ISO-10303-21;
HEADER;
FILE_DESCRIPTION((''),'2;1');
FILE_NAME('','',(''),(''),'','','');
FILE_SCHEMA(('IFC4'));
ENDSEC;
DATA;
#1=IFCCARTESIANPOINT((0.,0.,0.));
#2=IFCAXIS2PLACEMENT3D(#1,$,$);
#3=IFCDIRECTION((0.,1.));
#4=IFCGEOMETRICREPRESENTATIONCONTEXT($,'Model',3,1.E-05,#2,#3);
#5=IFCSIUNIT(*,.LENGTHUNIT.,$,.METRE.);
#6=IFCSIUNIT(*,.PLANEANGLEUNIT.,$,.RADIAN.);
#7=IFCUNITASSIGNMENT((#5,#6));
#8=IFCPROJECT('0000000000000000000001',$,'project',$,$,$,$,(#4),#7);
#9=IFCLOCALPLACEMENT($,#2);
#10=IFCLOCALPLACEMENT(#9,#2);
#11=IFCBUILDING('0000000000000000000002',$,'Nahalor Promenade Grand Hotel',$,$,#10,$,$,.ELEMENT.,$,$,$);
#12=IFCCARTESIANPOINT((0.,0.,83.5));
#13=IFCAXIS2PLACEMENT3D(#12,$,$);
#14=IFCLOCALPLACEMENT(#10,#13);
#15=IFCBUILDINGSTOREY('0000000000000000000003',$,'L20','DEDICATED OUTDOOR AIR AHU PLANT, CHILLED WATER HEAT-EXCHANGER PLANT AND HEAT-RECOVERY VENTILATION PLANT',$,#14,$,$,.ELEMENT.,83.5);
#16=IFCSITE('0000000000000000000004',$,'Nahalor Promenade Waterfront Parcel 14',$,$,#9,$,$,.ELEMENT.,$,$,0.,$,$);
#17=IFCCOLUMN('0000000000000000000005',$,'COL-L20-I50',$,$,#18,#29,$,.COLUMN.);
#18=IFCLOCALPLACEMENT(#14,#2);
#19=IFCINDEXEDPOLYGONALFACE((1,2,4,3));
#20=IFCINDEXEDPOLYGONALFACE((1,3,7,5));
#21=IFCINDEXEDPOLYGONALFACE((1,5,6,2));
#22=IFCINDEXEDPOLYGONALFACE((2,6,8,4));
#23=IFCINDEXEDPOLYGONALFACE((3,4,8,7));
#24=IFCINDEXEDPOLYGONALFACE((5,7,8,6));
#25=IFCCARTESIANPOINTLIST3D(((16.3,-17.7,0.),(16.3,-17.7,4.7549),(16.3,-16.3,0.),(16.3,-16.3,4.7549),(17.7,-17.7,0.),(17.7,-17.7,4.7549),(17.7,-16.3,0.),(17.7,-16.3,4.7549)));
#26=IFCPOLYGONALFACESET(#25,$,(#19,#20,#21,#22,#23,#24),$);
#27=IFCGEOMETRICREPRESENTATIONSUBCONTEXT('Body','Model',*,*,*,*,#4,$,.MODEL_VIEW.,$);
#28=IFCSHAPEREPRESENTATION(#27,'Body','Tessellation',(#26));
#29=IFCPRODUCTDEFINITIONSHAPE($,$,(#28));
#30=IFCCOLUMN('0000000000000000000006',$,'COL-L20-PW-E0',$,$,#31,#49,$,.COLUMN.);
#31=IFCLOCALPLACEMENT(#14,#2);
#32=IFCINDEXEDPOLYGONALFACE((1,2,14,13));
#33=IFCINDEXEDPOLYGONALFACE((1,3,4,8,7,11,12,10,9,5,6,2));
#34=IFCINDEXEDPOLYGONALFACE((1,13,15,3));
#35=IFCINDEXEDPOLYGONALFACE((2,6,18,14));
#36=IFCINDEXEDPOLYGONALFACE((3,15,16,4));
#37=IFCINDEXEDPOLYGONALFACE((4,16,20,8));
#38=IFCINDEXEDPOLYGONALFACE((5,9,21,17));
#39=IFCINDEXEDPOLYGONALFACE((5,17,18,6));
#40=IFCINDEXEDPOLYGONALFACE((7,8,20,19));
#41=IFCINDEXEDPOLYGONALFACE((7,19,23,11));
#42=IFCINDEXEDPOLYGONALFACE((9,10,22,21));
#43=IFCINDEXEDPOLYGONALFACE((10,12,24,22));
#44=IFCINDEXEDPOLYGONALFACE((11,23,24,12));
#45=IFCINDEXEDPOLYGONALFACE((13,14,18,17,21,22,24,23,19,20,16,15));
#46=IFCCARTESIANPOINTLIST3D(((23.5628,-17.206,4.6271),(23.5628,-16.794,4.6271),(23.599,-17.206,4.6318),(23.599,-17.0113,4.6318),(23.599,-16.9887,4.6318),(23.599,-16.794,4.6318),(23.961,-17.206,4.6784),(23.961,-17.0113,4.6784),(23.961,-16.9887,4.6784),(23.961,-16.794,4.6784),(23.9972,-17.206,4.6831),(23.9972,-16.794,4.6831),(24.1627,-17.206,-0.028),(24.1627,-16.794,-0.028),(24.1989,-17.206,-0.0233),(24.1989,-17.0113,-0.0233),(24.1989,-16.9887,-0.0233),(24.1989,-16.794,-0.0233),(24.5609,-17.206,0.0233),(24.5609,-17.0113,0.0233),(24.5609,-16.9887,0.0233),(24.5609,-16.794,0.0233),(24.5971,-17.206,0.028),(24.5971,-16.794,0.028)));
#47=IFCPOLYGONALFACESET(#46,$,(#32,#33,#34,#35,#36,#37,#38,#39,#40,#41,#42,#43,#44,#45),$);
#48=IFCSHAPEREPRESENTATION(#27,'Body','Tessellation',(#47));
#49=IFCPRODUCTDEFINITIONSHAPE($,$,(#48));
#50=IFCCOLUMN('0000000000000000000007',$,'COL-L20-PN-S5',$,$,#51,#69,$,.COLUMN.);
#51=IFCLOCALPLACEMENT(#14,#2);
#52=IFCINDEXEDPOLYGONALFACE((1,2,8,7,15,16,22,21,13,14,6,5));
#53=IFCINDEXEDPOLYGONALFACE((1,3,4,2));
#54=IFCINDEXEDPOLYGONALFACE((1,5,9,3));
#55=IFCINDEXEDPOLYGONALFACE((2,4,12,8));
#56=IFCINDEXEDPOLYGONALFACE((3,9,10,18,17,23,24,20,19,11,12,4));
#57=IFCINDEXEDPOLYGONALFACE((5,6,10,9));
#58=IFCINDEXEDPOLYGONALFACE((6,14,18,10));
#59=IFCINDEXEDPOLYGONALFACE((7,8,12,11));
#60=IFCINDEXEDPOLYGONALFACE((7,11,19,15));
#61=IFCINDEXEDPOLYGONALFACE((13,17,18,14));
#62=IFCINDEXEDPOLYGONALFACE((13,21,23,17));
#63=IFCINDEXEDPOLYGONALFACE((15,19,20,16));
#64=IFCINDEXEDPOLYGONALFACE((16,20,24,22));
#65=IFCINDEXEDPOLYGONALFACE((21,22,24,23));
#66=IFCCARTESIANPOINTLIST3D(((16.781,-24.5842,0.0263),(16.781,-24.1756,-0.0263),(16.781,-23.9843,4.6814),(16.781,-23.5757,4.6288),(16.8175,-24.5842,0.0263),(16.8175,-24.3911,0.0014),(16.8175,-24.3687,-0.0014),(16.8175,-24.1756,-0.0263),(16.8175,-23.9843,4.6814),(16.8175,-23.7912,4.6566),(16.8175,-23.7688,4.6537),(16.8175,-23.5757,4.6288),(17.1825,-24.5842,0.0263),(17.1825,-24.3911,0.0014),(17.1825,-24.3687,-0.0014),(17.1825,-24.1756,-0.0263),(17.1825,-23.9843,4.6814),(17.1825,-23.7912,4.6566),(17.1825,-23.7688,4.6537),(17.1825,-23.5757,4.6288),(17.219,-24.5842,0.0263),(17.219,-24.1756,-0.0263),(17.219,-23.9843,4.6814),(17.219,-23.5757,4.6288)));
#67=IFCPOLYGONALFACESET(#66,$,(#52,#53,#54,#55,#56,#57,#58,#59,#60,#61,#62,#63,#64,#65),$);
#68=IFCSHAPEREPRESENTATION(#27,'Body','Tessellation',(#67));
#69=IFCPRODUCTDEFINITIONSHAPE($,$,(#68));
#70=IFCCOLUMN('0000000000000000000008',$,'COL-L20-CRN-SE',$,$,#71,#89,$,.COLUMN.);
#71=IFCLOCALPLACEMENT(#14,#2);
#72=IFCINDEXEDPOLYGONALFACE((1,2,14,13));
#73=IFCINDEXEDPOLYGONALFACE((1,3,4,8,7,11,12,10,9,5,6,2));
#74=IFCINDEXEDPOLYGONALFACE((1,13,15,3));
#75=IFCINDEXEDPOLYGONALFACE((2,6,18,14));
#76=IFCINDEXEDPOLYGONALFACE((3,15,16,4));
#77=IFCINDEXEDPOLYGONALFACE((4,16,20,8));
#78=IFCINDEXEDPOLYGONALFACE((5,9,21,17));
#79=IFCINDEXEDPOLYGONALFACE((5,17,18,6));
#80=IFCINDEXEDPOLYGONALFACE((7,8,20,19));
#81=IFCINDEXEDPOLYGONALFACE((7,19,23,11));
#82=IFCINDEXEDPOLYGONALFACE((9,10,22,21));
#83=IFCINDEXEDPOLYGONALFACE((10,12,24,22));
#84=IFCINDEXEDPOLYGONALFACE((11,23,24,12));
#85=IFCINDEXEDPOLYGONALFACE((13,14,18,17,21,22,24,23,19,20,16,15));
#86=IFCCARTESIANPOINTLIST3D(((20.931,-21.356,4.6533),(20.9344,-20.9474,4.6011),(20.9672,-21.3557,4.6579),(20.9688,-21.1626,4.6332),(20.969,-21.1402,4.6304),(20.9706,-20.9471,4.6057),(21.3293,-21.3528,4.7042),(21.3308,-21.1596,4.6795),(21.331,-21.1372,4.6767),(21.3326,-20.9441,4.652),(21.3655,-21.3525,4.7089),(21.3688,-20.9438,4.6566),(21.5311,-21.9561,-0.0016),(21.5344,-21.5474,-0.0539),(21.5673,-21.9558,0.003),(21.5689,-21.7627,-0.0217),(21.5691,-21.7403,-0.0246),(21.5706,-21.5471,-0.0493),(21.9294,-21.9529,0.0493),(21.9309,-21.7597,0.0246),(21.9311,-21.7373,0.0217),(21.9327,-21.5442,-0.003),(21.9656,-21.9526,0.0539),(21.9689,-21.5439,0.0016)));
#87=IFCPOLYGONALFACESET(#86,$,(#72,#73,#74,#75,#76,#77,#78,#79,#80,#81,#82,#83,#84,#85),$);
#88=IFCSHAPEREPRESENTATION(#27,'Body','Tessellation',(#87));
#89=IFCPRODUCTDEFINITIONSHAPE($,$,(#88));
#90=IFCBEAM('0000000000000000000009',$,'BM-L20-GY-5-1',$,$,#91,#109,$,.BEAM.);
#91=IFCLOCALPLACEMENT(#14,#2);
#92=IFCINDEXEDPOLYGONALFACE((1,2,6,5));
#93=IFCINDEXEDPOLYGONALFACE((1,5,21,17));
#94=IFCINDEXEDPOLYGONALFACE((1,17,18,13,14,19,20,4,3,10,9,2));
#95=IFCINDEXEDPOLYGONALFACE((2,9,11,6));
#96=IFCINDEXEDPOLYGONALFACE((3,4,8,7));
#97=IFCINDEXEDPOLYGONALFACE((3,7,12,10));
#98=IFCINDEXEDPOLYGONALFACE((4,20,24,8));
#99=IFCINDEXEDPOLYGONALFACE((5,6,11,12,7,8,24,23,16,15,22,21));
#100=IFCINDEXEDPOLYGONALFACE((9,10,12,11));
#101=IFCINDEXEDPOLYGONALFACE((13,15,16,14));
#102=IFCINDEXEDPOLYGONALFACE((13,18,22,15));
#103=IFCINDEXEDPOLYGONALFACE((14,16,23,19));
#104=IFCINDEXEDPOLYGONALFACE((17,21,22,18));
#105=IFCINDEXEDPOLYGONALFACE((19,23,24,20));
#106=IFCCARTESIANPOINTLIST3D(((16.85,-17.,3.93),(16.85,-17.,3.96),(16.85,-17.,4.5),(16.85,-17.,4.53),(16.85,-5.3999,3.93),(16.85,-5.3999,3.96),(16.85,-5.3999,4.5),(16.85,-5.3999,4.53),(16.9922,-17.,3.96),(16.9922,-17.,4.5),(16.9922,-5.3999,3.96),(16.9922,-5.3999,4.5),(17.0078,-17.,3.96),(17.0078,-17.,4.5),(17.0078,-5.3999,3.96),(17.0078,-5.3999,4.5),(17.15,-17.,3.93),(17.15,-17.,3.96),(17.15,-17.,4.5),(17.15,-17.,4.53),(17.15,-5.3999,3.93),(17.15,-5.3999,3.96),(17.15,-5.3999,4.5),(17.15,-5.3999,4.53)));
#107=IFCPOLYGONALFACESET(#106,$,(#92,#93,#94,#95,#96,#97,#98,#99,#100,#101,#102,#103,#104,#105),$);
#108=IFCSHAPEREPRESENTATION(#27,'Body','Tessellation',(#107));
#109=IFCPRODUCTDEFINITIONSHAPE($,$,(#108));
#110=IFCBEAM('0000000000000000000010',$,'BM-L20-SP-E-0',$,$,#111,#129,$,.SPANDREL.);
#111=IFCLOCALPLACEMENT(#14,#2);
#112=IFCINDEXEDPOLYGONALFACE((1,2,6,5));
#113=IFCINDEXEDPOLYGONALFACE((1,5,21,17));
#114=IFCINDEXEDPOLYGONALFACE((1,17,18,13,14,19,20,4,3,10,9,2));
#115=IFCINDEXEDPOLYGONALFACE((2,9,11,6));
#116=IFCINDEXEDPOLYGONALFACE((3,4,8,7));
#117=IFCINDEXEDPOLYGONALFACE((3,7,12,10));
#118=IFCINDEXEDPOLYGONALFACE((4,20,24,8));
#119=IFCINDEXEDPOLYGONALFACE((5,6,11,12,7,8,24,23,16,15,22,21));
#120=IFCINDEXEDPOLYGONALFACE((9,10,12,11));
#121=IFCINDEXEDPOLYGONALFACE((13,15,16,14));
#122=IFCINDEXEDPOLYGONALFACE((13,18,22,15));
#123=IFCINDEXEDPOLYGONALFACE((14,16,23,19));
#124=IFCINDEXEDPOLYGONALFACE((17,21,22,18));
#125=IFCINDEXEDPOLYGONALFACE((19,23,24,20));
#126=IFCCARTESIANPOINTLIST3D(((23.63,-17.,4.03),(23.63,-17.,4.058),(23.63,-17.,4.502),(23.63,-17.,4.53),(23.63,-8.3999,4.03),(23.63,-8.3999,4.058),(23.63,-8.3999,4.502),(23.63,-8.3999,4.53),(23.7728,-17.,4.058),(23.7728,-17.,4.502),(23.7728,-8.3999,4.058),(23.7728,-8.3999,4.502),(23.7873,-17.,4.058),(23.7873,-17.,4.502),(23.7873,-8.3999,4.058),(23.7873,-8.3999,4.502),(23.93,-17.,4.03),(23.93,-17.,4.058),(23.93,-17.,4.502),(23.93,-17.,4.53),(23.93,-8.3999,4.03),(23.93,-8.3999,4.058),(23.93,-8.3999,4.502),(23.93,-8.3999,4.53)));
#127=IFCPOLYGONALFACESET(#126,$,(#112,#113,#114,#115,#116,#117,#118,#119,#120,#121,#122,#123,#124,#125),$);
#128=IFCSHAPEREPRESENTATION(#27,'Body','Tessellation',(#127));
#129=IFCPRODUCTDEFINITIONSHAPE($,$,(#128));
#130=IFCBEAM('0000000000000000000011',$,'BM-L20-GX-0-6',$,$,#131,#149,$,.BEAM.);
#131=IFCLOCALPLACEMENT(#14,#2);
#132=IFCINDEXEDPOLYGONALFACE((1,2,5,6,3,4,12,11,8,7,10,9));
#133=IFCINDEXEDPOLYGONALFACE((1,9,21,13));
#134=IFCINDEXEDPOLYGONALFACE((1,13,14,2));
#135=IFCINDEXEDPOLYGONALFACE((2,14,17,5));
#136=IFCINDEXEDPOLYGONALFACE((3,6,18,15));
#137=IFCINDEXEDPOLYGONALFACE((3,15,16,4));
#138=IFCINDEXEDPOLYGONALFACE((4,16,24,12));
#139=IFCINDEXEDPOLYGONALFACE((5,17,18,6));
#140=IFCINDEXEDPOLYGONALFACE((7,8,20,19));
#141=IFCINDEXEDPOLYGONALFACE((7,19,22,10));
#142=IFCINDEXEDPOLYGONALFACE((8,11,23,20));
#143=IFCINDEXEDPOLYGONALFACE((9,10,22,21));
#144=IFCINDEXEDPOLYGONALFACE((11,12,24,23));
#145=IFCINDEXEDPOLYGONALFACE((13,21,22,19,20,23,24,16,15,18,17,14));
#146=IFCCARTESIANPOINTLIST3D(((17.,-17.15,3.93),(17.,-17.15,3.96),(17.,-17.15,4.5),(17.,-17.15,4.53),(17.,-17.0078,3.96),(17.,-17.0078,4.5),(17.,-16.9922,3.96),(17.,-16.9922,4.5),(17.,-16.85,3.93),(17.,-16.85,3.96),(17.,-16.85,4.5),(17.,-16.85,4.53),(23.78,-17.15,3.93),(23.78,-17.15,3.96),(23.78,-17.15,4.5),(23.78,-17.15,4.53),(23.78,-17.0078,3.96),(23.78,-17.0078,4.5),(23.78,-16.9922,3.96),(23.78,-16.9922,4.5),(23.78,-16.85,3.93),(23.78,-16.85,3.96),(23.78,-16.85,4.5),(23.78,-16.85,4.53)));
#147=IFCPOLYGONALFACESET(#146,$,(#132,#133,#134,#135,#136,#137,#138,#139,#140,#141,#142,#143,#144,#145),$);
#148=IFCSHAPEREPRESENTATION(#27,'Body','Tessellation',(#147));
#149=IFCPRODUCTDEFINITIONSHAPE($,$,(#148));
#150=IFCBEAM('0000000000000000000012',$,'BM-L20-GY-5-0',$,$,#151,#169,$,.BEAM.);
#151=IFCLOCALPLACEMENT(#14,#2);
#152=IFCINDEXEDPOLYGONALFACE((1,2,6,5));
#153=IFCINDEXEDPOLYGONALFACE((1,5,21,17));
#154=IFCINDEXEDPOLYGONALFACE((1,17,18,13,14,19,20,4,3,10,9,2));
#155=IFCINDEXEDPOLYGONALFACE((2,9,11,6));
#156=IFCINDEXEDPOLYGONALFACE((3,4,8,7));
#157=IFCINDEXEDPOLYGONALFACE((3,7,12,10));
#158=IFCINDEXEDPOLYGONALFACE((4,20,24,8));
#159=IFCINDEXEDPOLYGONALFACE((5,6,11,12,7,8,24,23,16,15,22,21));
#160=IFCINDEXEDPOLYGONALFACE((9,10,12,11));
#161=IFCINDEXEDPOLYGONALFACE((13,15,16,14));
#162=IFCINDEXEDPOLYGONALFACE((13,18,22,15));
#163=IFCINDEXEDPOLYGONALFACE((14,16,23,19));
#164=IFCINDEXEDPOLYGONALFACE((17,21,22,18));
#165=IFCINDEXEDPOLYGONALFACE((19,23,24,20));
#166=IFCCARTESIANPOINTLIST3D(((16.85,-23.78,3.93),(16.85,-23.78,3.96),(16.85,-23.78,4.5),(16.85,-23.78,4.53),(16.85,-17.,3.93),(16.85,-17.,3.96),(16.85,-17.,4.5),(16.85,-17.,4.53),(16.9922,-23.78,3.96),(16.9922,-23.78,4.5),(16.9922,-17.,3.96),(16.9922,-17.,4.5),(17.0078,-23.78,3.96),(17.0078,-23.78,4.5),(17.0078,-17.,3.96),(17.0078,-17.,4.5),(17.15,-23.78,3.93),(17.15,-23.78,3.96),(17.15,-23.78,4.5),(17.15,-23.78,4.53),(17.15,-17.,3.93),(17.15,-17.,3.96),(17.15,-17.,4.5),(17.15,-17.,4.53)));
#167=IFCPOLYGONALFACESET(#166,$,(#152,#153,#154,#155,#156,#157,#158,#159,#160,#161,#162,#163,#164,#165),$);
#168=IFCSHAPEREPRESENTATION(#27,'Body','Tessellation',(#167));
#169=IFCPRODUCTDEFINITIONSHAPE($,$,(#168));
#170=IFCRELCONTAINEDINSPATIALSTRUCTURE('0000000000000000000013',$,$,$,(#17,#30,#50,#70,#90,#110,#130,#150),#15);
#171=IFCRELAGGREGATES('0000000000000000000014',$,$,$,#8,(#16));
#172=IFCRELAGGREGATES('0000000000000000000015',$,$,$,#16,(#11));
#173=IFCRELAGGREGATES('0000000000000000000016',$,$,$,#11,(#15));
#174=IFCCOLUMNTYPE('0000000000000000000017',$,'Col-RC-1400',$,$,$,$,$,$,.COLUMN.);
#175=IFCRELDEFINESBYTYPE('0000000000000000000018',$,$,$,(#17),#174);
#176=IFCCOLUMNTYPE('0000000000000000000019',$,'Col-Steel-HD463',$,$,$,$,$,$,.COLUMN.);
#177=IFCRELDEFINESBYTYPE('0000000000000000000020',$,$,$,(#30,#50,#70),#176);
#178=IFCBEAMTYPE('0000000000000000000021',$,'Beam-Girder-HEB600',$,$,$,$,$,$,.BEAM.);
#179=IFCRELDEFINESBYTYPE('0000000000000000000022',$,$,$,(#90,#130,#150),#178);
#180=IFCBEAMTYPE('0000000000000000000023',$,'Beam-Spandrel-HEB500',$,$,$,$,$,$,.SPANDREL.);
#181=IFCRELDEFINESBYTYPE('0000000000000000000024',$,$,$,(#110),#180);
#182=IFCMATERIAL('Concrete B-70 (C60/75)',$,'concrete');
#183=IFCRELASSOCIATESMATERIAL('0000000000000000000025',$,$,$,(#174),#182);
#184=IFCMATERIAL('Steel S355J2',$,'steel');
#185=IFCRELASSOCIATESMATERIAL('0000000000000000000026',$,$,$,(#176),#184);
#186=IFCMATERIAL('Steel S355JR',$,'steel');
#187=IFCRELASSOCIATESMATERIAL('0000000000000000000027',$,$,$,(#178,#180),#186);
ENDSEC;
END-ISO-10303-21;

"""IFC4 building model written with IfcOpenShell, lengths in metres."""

from ifc_helpers import new_model, si_unit, direction, frame, origin, origin_2d, place, context, subcontext, project, spatial, rectangle, i_section, extrude, source, transform, mapped, material, material_profile, profile_set, type_object, element, save


model = new_model("IFC4")

# Units and contexts
model_context = context("Model", 3, precision=1e-05, world=origin(), true_north=direction((0.0, 1.0)))
body_context = subcontext(model_context, "Body", "Model", "MODEL_VIEW")
ifc_project = project(units=[si_unit("LENGTHUNIT", "METRE"), si_unit("PLANEANGLEUNIT", "RADIAN")], contexts=[model_context])

# Site, building, storey
site_placement = place(None, origin())
site = spatial("IfcSite", under=ifc_project, at=site_placement, Name="Nahalor Promenade Waterfront Parcel 14", CompositionType="ELEMENT", RefElevation=0.0)
building_placement = place(site_placement, origin())
building = spatial("IfcBuilding", under=site, at=building_placement, Name="Nahalor Promenade Grand Hotel", CompositionType="ELEMENT")
storey_placement = place(building_placement, frame((0.0, 0.0, 83.5)))
storey = spatial("IfcBuildingStorey", under=building, at=storey_placement, Name="L20", Description="DEDICATED OUTDOOR AIR AHU PLANT, CHILLED WATER HEAT-EXCHANGER PLANT AND HEAT-RECOVERY VENTILATION PLANT", CompositionType="ELEMENT", Elevation=83.5)

# Columns
ifc_material_1 = material(Name="Concrete B-70 (C60/75)", Category="concrete")
ifc_material_profile_1 = material_profile(ifc_material_1, rectangle(XDim=1.4, YDim=1.4, at=origin_2d()), Name="RC 1400x1400")
ifc_profile_set_1 = profile_set([ifc_material_profile_1], Name="Concrete B-70 (C60/75)")
column_type_1 = type_object("IfcColumnType", Name="Col-RC-1400", PredefinedType="COLUMN", material=ifc_profile_set_1)
shared_shape_1 = source(origin(), body_context, "Body", "SweptSolid", [
    extrude(rectangle(XDim=1.4, YDim=1.4, at=origin_2d()), origin(), (0.0, 0.0, 1.0), 4.7549),
])
column_1_placement = place(storey_placement, frame((17.0, -17.0, 0.0), z_axis=(0.0, 0.0, 1.0), x_axis=(1.0, 0.0, 0.0)))
element("IfcColumn", 1, at=column_1_placement, inside=storey, type_object=column_type_1, Name="COL-L20-I50", PredefinedType="COLUMN", context=body_context, shape_type="MappedRepresentation", body=[
    mapped(shared_shape_1, transform((0.0, 0.0, 0.0), scale=1.0)),
])
ifc_material_2 = material(Name="Steel S355J2", Category="steel")
ifc_material_profile_2 = material_profile(ifc_material_2, i_section(OverallWidth=0.412, OverallDepth=0.438, WebThickness=0.0226, FlangeThickness=0.0365, at=origin_2d()), Name="HD 400x463")
ifc_profile_set_2 = profile_set([ifc_material_profile_2], Name="Steel S355J2")
column_type_2 = type_object("IfcColumnType", Name="Col-Steel-HD463", PredefinedType="COLUMN", material=ifc_profile_set_2)
shared_shape_2 = source(origin(), body_context, "Body", "SweptSolid", [
    extrude(i_section(OverallWidth=0.412, OverallDepth=0.438, WebThickness=0.0226, FlangeThickness=0.0365, at=origin_2d()), origin(), (0.0, 0.0, 1.0), 4.6936),
])
for number, where, z_axis, x_axis, name in (
    (2, (24.3799, -17.0, 0.0), (-0.127805, 0.0, 0.991799), (0.0, -1.0, 0.0), "COL-L20-PW-E0"),
    (3, (17.0, -24.3799, 0.0), (0.0, 0.127805, 0.991799), (0.0, -0.991799, 0.127805), "COL-L20-PN-S5"),
):
    element("IfcColumn", number, at=place(storey_placement, frame(where, z_axis=z_axis, x_axis=x_axis)), inside=storey, type_object=column_type_2, Name=name, PredefinedType="COLUMN", context=body_context, shape_type="MappedRepresentation", body=[
        mapped(shared_shape_2, transform((0.0, 0.0, 0.0), scale=1.0)),
    ])
shared_shape_3 = source(origin(), body_context, "Body", "SweptSolid", [
    extrude(i_section(OverallWidth=0.412, OverallDepth=0.438, WebThickness=0.0226, FlangeThickness=0.0365, at=origin_2d()), origin(), (0.0, 0.0, 1.0), 4.7317),
])
column_2_placement = place(storey_placement, frame((21.75, -21.75, 0.0), z_axis=(-0.126823, 0.126823, 0.983784), x_axis=(-0.008108, -0.991892, 0.126823)))
element("IfcColumn", 4, at=column_2_placement, inside=storey, type_object=column_type_2, Name="COL-L20-CRN-SE", PredefinedType="COLUMN", context=body_context, shape_type="MappedRepresentation", body=[
    mapped(shared_shape_3, transform((0.0, 0.0, 0.0), scale=1.0)),
])

# Beams
ifc_material_3 = material(Name="Steel S355JR", Category="steel")
ifc_material_profile_3 = material_profile(ifc_material_3, i_section(OverallWidth=0.3, OverallDepth=0.6, WebThickness=0.0155, FlangeThickness=0.03, at=origin_2d()), Name="HEB 600")
ifc_profile_set_3 = profile_set([ifc_material_profile_3], Name="Steel S355JR")
beam_type_1 = type_object("IfcBeamType", Name="Beam-Girder-HEB600", PredefinedType="BEAM", material=ifc_profile_set_3)
shared_shape_4 = source(origin(), body_context, "Body", "SweptSolid", [
    extrude(i_section(OverallWidth=0.3, OverallDepth=0.6, WebThickness=0.0155, FlangeThickness=0.03, at=origin_2d()), origin(), (0.0, 0.0, 1.0), 11.6001),
])
beam_1_placement = place(storey_placement, frame((17.0, -17.0, 4.23), z_axis=(0.0, 1.0, 0.0), x_axis=(-1.0, 0.0, 0.0)))
element("IfcBeam", 5, at=beam_1_placement, inside=storey, type_object=beam_type_1, Name="BM-L20-GY-5-1", PredefinedType="BEAM", context=body_context, shape_type="MappedRepresentation", body=[
    mapped(shared_shape_4, transform((0.0, 0.0, 0.0), scale=1.0)),
])
ifc_material_profile_4 = material_profile(ifc_material_3, i_section(OverallWidth=0.3, OverallDepth=0.5, WebThickness=0.0145, FlangeThickness=0.028, at=origin_2d()), Name="HEB 500")
ifc_profile_set_4 = profile_set([ifc_material_profile_4], Name="Steel S355JR")
beam_type_2 = type_object("IfcBeamType", Name="Beam-Spandrel-HEB500", PredefinedType="SPANDREL", material=ifc_profile_set_4)
shared_shape_5 = source(origin(), body_context, "Body", "SweptSolid", [
    extrude(i_section(OverallWidth=0.3, OverallDepth=0.5, WebThickness=0.0145, FlangeThickness=0.028, at=origin_2d()), origin(), (0.0, 0.0, 1.0), 8.6001),
])
beam_2_placement = place(storey_placement, frame((23.78, -17.0, 4.28), z_axis=(0.0, 1.0, 0.0), x_axis=(-1.0, 0.0, 0.0)))
element("IfcBeam", 6, at=beam_2_placement, inside=storey, type_object=beam_type_2, Name="BM-L20-SP-E-0", PredefinedType="SPANDREL", context=body_context, shape_type="MappedRepresentation", body=[
    mapped(shared_shape_5, transform((0.0, 0.0, 0.0), scale=1.0)),
])
shared_shape_6 = source(origin(), body_context, "Body", "SweptSolid", [
    extrude(i_section(OverallWidth=0.3, OverallDepth=0.6, WebThickness=0.0155, FlangeThickness=0.03, at=origin_2d()), origin(), (0.0, 0.0, 1.0), 6.78),
])
for number, where, z_axis, x_axis, name in (
    (7, (17.0, -17.0, 4.23), (1.0, 0.0, 0.0), (0.0, 1.0, 0.0), "BM-L20-GX-0-6"),
    (8, (17.0, -23.78, 4.23), (0.0, 1.0, 0.0), (-1.0, 0.0, 0.0), "BM-L20-GY-5-0"),
):
    element("IfcBeam", number, at=place(storey_placement, frame(where, z_axis=z_axis, x_axis=x_axis)), inside=storey, type_object=beam_type_1, Name=name, PredefinedType="BEAM", context=body_context, shape_type="MappedRepresentation", body=[
        mapped(shared_shape_6, transform((0.0, 0.0, 0.0), scale=1.0)),
    ])

save(model, "model.ifc")
